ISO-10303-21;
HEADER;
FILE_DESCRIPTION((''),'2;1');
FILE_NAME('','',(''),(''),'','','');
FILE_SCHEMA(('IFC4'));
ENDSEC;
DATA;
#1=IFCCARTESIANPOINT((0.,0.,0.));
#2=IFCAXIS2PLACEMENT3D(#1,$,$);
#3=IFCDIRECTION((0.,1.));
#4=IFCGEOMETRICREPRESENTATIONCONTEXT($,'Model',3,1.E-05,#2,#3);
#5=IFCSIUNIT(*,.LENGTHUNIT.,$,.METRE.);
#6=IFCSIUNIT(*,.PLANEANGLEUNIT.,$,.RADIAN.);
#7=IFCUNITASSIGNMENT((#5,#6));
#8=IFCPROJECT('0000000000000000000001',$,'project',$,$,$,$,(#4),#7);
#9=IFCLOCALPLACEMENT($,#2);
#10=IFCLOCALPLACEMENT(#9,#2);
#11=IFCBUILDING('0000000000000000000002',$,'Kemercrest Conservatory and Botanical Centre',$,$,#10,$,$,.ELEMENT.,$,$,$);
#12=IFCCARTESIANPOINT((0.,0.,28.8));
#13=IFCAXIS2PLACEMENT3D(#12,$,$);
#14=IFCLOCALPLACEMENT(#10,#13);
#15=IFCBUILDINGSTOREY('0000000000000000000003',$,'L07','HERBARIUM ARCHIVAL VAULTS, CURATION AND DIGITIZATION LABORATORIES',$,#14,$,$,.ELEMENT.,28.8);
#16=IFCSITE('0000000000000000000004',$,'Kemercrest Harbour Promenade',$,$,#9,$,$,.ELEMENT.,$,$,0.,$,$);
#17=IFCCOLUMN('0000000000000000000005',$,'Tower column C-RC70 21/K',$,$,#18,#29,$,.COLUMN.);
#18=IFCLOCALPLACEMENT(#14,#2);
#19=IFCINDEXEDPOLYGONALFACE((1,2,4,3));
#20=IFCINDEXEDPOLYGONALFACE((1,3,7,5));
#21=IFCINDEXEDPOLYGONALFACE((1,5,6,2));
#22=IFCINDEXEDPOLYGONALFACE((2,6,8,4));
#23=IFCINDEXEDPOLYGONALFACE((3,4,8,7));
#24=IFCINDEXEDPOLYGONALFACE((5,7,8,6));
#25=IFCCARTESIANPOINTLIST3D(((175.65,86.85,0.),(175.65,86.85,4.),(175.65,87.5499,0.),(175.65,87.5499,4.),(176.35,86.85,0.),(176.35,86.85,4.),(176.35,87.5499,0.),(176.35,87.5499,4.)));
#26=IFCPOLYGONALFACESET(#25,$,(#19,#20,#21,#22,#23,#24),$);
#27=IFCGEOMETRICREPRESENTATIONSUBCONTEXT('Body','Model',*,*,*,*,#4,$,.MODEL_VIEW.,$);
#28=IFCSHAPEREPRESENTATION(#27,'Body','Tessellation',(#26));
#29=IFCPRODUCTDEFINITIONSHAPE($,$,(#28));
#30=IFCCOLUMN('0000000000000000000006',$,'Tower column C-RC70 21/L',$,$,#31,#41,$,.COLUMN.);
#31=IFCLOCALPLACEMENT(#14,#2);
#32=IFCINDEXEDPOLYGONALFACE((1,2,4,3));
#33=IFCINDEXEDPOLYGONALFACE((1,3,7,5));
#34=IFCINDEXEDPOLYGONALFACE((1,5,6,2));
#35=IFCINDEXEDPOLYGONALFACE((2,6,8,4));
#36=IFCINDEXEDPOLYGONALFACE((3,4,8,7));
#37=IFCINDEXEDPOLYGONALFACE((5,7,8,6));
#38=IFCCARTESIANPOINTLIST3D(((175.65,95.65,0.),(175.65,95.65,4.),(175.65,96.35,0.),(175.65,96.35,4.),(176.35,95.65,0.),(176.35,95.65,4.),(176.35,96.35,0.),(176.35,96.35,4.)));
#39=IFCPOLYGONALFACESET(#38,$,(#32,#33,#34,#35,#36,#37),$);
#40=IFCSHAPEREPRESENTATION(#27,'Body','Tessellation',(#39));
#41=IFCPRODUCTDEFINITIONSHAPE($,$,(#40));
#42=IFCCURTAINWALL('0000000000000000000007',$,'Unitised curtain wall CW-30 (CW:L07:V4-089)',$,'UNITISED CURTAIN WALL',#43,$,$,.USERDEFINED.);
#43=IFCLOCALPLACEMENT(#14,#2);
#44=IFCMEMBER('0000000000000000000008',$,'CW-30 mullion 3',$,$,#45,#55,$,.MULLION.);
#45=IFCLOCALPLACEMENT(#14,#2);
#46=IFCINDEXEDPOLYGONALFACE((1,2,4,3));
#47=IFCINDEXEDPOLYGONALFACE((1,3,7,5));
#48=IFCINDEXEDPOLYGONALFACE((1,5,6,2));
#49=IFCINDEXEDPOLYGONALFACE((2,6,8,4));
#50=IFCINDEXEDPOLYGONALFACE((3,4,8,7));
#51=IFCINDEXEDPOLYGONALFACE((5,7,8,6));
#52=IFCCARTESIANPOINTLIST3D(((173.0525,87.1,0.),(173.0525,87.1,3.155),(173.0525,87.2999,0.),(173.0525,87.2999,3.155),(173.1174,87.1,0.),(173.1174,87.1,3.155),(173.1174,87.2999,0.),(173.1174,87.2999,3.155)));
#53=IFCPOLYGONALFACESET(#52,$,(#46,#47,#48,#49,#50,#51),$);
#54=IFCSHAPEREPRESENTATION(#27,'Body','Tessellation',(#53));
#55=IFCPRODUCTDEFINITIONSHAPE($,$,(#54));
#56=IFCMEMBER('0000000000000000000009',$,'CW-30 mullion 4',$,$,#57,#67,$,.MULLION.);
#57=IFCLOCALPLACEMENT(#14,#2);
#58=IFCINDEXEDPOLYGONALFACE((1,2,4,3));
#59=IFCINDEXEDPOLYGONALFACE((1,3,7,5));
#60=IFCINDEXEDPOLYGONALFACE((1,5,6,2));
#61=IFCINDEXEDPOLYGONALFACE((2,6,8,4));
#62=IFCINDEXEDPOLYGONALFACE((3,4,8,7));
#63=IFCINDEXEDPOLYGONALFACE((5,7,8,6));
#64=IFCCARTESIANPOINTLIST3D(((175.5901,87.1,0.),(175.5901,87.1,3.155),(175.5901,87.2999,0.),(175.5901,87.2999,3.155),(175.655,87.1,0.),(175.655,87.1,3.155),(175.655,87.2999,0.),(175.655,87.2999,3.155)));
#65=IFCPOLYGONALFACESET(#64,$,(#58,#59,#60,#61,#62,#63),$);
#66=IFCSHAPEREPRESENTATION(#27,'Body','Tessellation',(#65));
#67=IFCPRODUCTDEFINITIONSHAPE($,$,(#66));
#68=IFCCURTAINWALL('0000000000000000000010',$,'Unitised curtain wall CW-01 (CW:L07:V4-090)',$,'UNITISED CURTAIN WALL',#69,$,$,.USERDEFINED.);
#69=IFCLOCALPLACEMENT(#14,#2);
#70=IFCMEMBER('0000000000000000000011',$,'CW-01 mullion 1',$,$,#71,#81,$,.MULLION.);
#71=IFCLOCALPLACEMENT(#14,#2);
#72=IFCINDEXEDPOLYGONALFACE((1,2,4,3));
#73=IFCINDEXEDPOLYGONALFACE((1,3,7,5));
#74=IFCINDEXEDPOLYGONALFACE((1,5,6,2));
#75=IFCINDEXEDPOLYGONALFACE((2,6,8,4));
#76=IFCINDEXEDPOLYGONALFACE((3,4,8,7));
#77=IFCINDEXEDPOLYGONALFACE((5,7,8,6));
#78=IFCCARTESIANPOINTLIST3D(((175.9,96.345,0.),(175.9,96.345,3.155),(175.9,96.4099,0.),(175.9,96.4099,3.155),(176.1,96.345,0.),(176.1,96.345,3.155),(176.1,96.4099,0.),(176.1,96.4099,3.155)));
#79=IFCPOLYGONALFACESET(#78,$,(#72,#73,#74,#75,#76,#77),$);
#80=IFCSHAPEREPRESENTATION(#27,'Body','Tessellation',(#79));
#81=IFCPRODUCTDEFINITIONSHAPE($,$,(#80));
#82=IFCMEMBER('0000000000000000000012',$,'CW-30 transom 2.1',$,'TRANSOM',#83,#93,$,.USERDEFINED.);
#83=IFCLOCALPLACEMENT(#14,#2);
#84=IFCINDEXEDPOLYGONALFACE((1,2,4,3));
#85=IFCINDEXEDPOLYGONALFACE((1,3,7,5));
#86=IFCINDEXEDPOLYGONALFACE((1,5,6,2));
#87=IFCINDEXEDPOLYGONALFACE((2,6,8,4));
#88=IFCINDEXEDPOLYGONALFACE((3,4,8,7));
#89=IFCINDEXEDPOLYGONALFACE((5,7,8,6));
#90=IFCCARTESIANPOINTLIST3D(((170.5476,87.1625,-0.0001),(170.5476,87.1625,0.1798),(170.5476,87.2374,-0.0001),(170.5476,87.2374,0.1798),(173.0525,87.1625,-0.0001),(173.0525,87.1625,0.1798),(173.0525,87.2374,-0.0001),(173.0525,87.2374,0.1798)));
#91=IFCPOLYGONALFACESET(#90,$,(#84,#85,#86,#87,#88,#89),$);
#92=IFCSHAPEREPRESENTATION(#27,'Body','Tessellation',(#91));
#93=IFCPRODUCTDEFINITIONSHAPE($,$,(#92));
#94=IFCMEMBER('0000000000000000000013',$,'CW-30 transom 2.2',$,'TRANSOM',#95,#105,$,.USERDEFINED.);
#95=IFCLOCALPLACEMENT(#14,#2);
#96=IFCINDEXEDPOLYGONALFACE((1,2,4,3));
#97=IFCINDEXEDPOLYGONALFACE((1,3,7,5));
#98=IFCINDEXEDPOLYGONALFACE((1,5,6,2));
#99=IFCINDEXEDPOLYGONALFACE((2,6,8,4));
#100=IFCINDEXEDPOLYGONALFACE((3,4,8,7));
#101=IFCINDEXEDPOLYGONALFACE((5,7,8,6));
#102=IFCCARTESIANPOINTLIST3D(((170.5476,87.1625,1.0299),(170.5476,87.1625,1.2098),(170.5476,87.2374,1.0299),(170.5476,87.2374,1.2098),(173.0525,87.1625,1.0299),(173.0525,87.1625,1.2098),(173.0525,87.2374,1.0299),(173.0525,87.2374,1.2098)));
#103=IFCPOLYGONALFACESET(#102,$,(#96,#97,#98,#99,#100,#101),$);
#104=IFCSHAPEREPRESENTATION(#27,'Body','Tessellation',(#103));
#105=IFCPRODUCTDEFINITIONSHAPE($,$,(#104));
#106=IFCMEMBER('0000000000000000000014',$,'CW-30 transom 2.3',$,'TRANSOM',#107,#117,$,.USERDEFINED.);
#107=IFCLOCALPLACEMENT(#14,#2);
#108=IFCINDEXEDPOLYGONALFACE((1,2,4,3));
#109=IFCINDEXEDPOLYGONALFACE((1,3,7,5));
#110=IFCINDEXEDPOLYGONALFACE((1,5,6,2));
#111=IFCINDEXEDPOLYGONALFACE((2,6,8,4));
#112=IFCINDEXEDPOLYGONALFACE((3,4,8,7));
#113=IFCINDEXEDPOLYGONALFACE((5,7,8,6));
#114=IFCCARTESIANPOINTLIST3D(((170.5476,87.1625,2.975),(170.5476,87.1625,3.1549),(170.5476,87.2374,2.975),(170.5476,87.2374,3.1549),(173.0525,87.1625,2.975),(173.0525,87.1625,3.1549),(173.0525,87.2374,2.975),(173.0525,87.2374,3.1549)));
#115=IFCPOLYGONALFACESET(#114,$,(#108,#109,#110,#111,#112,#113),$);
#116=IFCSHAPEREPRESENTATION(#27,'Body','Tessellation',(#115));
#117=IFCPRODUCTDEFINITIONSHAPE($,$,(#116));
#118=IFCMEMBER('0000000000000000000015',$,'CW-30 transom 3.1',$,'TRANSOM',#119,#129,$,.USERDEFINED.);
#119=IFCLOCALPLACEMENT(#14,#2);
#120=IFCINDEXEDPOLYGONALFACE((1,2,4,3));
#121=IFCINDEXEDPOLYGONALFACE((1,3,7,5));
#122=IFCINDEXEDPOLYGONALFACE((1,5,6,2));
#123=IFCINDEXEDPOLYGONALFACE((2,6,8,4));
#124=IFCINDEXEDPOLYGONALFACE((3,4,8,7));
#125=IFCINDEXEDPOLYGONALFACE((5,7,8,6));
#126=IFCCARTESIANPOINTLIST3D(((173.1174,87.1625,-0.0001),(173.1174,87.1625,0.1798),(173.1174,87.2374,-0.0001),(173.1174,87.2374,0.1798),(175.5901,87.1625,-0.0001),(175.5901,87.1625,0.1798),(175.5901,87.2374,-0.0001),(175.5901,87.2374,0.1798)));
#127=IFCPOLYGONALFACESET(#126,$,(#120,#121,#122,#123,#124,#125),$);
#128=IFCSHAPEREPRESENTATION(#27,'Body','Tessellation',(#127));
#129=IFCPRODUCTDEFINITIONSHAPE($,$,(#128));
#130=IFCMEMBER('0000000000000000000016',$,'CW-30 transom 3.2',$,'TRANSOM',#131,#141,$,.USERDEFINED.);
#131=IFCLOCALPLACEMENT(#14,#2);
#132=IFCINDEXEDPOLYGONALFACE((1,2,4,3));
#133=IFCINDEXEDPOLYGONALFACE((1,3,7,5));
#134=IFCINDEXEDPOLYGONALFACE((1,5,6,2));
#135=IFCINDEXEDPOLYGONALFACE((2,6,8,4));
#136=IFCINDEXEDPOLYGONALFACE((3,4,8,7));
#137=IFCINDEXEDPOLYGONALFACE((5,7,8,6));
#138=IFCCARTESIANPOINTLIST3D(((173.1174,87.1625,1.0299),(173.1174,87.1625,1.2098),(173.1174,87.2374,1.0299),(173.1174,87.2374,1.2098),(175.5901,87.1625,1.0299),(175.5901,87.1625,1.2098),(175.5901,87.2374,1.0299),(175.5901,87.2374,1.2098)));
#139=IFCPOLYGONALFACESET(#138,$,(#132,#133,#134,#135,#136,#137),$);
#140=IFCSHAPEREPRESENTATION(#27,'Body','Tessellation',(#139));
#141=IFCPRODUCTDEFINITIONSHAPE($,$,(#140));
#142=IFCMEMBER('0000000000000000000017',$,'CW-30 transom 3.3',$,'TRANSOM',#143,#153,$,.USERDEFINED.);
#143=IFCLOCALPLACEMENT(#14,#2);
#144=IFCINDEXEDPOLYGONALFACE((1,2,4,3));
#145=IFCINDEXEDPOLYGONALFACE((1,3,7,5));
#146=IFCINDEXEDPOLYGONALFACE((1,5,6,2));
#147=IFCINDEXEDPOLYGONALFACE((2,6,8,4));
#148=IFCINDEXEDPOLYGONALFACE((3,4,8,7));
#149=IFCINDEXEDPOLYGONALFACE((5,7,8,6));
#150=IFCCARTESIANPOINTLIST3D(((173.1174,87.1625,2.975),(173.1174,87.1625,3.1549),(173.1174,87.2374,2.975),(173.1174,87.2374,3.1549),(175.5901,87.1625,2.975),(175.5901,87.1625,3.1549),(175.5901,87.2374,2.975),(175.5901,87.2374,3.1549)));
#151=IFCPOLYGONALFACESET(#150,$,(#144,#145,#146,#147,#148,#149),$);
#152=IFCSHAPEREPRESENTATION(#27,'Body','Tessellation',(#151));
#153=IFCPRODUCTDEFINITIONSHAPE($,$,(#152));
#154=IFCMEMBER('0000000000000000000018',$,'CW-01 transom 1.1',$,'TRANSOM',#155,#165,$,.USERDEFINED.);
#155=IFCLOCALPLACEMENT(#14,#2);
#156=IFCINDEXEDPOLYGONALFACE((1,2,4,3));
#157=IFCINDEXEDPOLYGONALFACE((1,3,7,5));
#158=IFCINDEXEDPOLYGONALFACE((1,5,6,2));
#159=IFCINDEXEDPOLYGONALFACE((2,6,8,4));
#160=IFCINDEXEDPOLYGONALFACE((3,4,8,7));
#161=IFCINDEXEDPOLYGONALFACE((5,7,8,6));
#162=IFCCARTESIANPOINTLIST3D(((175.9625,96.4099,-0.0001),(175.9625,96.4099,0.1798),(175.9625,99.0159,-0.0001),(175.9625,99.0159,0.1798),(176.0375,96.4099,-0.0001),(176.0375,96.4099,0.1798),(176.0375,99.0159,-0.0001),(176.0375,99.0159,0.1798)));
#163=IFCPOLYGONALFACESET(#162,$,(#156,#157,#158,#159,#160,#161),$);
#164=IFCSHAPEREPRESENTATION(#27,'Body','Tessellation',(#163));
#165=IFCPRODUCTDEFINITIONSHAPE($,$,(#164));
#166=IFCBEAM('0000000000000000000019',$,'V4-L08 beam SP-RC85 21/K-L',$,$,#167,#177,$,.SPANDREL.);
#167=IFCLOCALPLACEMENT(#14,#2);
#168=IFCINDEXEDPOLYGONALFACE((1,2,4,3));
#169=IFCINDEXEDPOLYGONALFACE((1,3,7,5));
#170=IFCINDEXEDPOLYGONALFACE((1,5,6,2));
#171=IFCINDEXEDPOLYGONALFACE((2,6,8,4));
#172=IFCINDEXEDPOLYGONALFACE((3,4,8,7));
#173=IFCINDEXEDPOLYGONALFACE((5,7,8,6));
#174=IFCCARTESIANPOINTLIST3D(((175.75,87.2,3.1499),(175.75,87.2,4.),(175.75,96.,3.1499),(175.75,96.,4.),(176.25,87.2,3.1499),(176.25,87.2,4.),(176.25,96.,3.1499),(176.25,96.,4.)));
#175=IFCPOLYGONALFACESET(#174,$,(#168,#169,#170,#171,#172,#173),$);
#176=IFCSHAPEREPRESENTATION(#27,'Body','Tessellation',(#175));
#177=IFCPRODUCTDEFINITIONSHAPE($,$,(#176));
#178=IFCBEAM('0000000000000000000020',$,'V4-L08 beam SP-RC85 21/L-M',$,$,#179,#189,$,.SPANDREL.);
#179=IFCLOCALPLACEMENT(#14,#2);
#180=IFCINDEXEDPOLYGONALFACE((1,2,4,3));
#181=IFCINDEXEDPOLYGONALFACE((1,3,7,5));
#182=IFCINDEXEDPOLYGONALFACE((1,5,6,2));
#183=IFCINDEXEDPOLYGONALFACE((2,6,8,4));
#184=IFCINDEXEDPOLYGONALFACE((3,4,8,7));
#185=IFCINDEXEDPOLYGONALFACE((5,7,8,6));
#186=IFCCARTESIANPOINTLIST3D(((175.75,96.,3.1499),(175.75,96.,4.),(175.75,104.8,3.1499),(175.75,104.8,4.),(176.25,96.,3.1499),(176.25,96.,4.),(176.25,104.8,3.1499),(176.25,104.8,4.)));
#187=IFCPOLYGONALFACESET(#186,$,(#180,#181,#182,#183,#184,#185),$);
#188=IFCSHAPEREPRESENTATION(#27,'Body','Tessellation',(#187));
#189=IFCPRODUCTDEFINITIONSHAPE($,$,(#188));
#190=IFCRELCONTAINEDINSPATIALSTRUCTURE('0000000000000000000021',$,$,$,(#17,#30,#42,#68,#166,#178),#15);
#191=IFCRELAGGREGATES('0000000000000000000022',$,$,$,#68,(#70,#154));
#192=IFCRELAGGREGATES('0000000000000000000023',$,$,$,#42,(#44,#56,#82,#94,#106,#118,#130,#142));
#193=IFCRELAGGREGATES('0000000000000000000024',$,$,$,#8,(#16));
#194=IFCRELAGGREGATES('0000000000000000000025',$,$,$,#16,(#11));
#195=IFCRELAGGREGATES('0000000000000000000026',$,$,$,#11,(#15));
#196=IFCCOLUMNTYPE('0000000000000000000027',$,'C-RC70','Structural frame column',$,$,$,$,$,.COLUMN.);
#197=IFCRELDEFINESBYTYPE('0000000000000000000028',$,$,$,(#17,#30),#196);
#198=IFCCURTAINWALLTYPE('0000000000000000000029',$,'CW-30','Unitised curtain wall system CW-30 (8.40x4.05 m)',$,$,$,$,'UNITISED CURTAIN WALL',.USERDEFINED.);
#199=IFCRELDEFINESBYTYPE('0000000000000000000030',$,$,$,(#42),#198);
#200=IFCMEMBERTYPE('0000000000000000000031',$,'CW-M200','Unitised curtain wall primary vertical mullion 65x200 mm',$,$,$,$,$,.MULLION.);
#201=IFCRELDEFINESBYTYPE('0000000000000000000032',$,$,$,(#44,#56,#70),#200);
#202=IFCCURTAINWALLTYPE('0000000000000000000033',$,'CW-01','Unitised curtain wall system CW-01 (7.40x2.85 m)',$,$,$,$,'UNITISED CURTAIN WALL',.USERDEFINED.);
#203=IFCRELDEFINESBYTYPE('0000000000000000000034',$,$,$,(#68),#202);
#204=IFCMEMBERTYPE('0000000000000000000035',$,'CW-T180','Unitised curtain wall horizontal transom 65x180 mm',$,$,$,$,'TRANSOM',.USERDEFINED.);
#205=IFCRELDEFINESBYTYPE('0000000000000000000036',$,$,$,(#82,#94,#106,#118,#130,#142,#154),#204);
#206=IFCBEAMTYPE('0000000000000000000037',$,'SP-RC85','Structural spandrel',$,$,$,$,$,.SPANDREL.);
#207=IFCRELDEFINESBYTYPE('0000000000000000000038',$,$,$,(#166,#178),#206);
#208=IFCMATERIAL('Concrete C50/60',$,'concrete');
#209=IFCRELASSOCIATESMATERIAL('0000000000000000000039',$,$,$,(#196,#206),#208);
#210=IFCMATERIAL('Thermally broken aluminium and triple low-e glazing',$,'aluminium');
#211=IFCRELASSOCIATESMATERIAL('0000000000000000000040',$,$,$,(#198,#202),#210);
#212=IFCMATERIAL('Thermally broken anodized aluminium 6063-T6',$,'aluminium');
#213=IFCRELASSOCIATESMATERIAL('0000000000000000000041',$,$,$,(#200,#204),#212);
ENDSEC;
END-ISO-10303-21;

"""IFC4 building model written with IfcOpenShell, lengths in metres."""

from ifc_helpers import new_model, si_unit, direction, frame, origin, origin_2d, place, context, subcontext, project, spatial, rectangle, extrude, material, material_profile, profile_set, type_object, element, aggregate, save


model = new_model("IFC4")

# Units and contexts
model_context = context("Model", 3, precision=1e-05, world=origin(), true_north=direction((0.0, 1.0)))
body_context = subcontext(model_context, "Body", "Model", "MODEL_VIEW")
ifc_project = project(units=[si_unit("LENGTHUNIT", "METRE"), si_unit("PLANEANGLEUNIT", "RADIAN")], contexts=[model_context])

# Site, building, storey
site_placement = place(None, origin())
site = spatial("IfcSite", under=ifc_project, at=site_placement, Name="Kemercrest Harbour Promenade", CompositionType="ELEMENT", RefElevation=0.0)
building_placement = place(site_placement, origin())
building = spatial("IfcBuilding", under=site, at=building_placement, Name="Kemercrest Conservatory and Botanical Centre", CompositionType="ELEMENT")
storey_placement = place(building_placement, frame((0.0, 0.0, 28.8)))
storey = spatial("IfcBuildingStorey", under=building, at=storey_placement, Name="L07", Description="HERBARIUM ARCHIVAL VAULTS, CURATION AND DIGITIZATION LABORATORIES", CompositionType="ELEMENT", Elevation=28.8)

# Columns
ifc_material_1 = material(Name="Concrete C50/60", Category="concrete")
ifc_material_profile_1 = material_profile(ifc_material_1, rectangle(XDim=0.7, YDim=0.7, at=origin_2d()), Name="RC 700x700")
ifc_profile_set_1 = profile_set([ifc_material_profile_1], Name="Concrete C50/60")
column_type = type_object("IfcColumnType", Name="C-RC70", Description="Structural frame column", PredefinedType="COLUMN", material=ifc_profile_set_1)
for number, where, z_axis, x_axis, name in (
    (1, (176.0, 87.2, 0.0), (0.0, 0.0, 1.0), (1.0, 0.0, 0.0), "Tower column C-RC70 21/K"),
    (2, (176.0, 96.0, 0.0), (0.0, 0.0, 1.0), (1.0, 0.0, 0.0), "Tower column C-RC70 21/L"),
):
    element("IfcColumn", number, at=place(storey_placement, frame(where, z_axis=z_axis, x_axis=x_axis)), inside=storey, type_object=column_type, Name=name, PredefinedType="COLUMN", context=body_context, shape_type="SweptSolid", body=[
        extrude(rectangle(XDim=0.7, YDim=0.7, at=origin_2d()), origin(), (0.0, 0.0, 1.0), 4.0),
    ])

# Curtain wall, members
ifc_material_2 = material(Name="Thermally broken aluminium and triple low-e glazing", Category="aluminium")
curtain_wall_type_1 = type_object("IfcCurtainWallType", Name="CW-30", Description="Unitised curtain wall system CW-30 (8.40x4.05 m)", ElementType="UNITISED CURTAIN WALL", PredefinedType="USERDEFINED", material=ifc_material_2)
curtain_wall_1_placement = place(storey_placement, origin())
curtain_wall_1 = element("IfcCurtainWall", 3, at=curtain_wall_1_placement, inside=storey, type_object=curtain_wall_type_1, Name="Unitised curtain wall CW-30 (CW:L07:V4-089)", ObjectType="UNITISED CURTAIN WALL", PredefinedType="USERDEFINED")
ifc_material_3 = material(Name="Thermally broken anodized aluminium 6063-T6", Category="aluminium")
ifc_material_profile_2 = material_profile(ifc_material_3, rectangle(XDim=0.2, YDim=0.0649, at=origin_2d()), Name="AL MULLION 65x200")
ifc_profile_set_2 = profile_set([ifc_material_profile_2], Name="Thermally broken anodized aluminium 6063-T6")
member_type_1 = type_object("IfcMemberType", Name="CW-M200", Description="Unitised curtain wall primary vertical mullion 65x200 mm", PredefinedType="MULLION", material=ifc_profile_set_2)
member_1_placement = place(storey_placement, frame((173.085, 87.2, 0.0), z_axis=(0.0, 0.0, 1.0), x_axis=(0.0, 1.0, 0.0)))
member_1 = element("IfcMember", 4, at=member_1_placement, type_object=member_type_1, Name="CW-30 mullion 3", PredefinedType="MULLION", context=body_context, shape_type="SweptSolid", body=[
    extrude(rectangle(XDim=0.2, YDim=0.0649, at=origin_2d()), origin(), (0.0, 0.0, 1.0), 3.155),
])
member_2_placement = place(storey_placement, frame((175.6226, 87.2, 0.0), z_axis=(0.0, 0.0, 1.0), x_axis=(0.0, 1.0, 0.0)))
member_2 = element("IfcMember", 5, at=member_2_placement, type_object=member_type_1, Name="CW-30 mullion 4", PredefinedType="MULLION", context=body_context, shape_type="SweptSolid", body=[
    extrude(rectangle(XDim=0.2, YDim=0.0649, at=origin_2d()), origin(), (0.0, 0.0, 1.0), 3.155),
])

# Curtain wall, member
curtain_wall_type_2 = type_object("IfcCurtainWallType", Name="CW-01", Description="Unitised curtain wall system CW-01 (7.40x2.85 m)", ElementType="UNITISED CURTAIN WALL", PredefinedType="USERDEFINED", material=ifc_material_2)
curtain_wall_2_placement = place(storey_placement, origin())
curtain_wall_2 = element("IfcCurtainWall", 6, at=curtain_wall_2_placement, inside=storey, type_object=curtain_wall_type_2, Name="Unitised curtain wall CW-01 (CW:L07:V4-090)", ObjectType="UNITISED CURTAIN WALL", PredefinedType="USERDEFINED")
member_3_placement = place(storey_placement, frame((176.0, 96.3774, 0.0), z_axis=(0.0, 0.0, 1.0), x_axis=(-1.0, 0.0, 0.0)))
member_3 = element("IfcMember", 7, at=member_3_placement, type_object=member_type_1, Name="CW-01 mullion 1", PredefinedType="MULLION", context=body_context, shape_type="SweptSolid", body=[
    extrude(rectangle(XDim=0.2, YDim=0.0649, at=origin_2d()), origin(), (0.0, 0.0, 1.0), 3.155),
])

# Members
ifc_material_profile_3 = material_profile(ifc_material_3, rectangle(XDim=0.075, YDim=0.1799, at=origin_2d()), Name="AL TRANSOM 75x180")
ifc_profile_set_3 = profile_set([ifc_material_profile_3], Name="Thermally broken anodized aluminium 6063-T6")
member_type_2 = type_object("IfcMemberType", Name="CW-T180", Description="Unitised curtain wall horizontal transom 65x180 mm", ElementType="TRANSOM", PredefinedType="USERDEFINED", material=ifc_profile_set_3)
member_4_placement = place(storey_placement, frame((170.5476, 87.2, 0.0898), z_axis=(1.0, 0.0, 0.0), x_axis=(0.0, 1.0, 0.0)))
member_4 = element("IfcMember", 8, at=member_4_placement, type_object=member_type_2, Name="CW-30 transom 2.1", ObjectType="TRANSOM", PredefinedType="USERDEFINED", context=body_context, shape_type="SweptSolid", body=[
    extrude(rectangle(XDim=0.075, YDim=0.1799, at=origin_2d()), origin(), (0.0, 0.0, 1.0), 2.5049),
])
member_5_placement = place(storey_placement, frame((170.5476, 87.2, 1.1199), z_axis=(1.0, 0.0, 0.0), x_axis=(0.0, 1.0, 0.0)))
member_5 = element("IfcMember", 9, at=member_5_placement, type_object=member_type_2, Name="CW-30 transom 2.2", ObjectType="TRANSOM", PredefinedType="USERDEFINED", context=body_context, shape_type="SweptSolid", body=[
    extrude(rectangle(XDim=0.075, YDim=0.1799, at=origin_2d()), origin(), (0.0, 0.0, 1.0), 2.5049),
])
member_6_placement = place(storey_placement, frame((170.5476, 87.2, 3.0649), z_axis=(1.0, 0.0, 0.0), x_axis=(0.0, 1.0, 0.0)))
member_6 = element("IfcMember", 10, at=member_6_placement, type_object=member_type_2, Name="CW-30 transom 2.3", ObjectType="TRANSOM", PredefinedType="USERDEFINED", context=body_context, shape_type="SweptSolid", body=[
    extrude(rectangle(XDim=0.075, YDim=0.1799, at=origin_2d()), origin(), (0.0, 0.0, 1.0), 2.5049),
])
member_7_placement = place(storey_placement, frame((173.1174, 87.2, 0.0898), z_axis=(1.0, 0.0, 0.0), x_axis=(0.0, 1.0, 0.0)))
member_7 = element("IfcMember", 11, at=member_7_placement, type_object=member_type_2, Name="CW-30 transom 3.1", ObjectType="TRANSOM", PredefinedType="USERDEFINED", context=body_context, shape_type="SweptSolid", body=[
    extrude(rectangle(XDim=0.075, YDim=0.1799, at=origin_2d()), origin(), (0.0, 0.0, 1.0), 2.4727),
])
member_8_placement = place(storey_placement, frame((173.1174, 87.2, 1.1199), z_axis=(1.0, 0.0, 0.0), x_axis=(0.0, 1.0, 0.0)))
member_8 = element("IfcMember", 12, at=member_8_placement, type_object=member_type_2, Name="CW-30 transom 3.2", ObjectType="TRANSOM", PredefinedType="USERDEFINED", context=body_context, shape_type="SweptSolid", body=[
    extrude(rectangle(XDim=0.075, YDim=0.1799, at=origin_2d()), origin(), (0.0, 0.0, 1.0), 2.4727),
])
member_9_placement = place(storey_placement, frame((173.1174, 87.2, 3.0649), z_axis=(1.0, 0.0, 0.0), x_axis=(0.0, 1.0, 0.0)))
member_9 = element("IfcMember", 13, at=member_9_placement, type_object=member_type_2, Name="CW-30 transom 3.3", ObjectType="TRANSOM", PredefinedType="USERDEFINED", context=body_context, shape_type="SweptSolid", body=[
    extrude(rectangle(XDim=0.075, YDim=0.1799, at=origin_2d()), origin(), (0.0, 0.0, 1.0), 2.4727),
])
member_10_placement = place(storey_placement, frame((176.0, 96.4099, 0.0898), z_axis=(0.0, 1.0, 0.0), x_axis=(-1.0, 0.0, 0.0)))
member_10 = element("IfcMember", 14, at=member_10_placement, type_object=member_type_2, Name="CW-01 transom 1.1", ObjectType="TRANSOM", PredefinedType="USERDEFINED", context=body_context, shape_type="SweptSolid", body=[
    extrude(rectangle(XDim=0.075, YDim=0.1799, at=origin_2d()), origin(), (0.0, 0.0, 1.0), 2.606),
])
aggregate(curtain_wall_2, [member_3, member_10])

# Beams
ifc_material_profile_4 = material_profile(ifc_material_1, rectangle(XDim=0.5, YDim=0.8501, at=origin_2d()), Name="RC 500x850")
ifc_profile_set_4 = profile_set([ifc_material_profile_4], Name="Concrete C50/60")
beam_type = type_object("IfcBeamType", Name="SP-RC85", Description="Structural spandrel", PredefinedType="SPANDREL", material=ifc_profile_set_4)
for number, where, z_axis, x_axis, name in (
    (15, (176.0, 87.2, 3.575), (0.0, 1.0, 0.0), (-1.0, 0.0, 0.0), "V4-L08 beam SP-RC85 21/K-L"),
    (16, (176.0, 96.0, 3.575), (0.0, 1.0, 0.0), (-1.0, 0.0, 0.0), "V4-L08 beam SP-RC85 21/L-M"),
):
    element("IfcBeam", number, at=place(storey_placement, frame(where, z_axis=z_axis, x_axis=x_axis)), inside=storey, type_object=beam_type, Name=name, PredefinedType="SPANDREL", context=body_context, shape_type="SweptSolid", body=[
        extrude(rectangle(XDim=0.5, YDim=0.8501, at=origin_2d()), origin(), (0.0, 0.0, 1.0), 8.8),
    ])

aggregate(curtain_wall_1, [member_1, member_2, member_4, member_5, member_6, member_7, member_8, member_9])

save(model, "model.ifc")
